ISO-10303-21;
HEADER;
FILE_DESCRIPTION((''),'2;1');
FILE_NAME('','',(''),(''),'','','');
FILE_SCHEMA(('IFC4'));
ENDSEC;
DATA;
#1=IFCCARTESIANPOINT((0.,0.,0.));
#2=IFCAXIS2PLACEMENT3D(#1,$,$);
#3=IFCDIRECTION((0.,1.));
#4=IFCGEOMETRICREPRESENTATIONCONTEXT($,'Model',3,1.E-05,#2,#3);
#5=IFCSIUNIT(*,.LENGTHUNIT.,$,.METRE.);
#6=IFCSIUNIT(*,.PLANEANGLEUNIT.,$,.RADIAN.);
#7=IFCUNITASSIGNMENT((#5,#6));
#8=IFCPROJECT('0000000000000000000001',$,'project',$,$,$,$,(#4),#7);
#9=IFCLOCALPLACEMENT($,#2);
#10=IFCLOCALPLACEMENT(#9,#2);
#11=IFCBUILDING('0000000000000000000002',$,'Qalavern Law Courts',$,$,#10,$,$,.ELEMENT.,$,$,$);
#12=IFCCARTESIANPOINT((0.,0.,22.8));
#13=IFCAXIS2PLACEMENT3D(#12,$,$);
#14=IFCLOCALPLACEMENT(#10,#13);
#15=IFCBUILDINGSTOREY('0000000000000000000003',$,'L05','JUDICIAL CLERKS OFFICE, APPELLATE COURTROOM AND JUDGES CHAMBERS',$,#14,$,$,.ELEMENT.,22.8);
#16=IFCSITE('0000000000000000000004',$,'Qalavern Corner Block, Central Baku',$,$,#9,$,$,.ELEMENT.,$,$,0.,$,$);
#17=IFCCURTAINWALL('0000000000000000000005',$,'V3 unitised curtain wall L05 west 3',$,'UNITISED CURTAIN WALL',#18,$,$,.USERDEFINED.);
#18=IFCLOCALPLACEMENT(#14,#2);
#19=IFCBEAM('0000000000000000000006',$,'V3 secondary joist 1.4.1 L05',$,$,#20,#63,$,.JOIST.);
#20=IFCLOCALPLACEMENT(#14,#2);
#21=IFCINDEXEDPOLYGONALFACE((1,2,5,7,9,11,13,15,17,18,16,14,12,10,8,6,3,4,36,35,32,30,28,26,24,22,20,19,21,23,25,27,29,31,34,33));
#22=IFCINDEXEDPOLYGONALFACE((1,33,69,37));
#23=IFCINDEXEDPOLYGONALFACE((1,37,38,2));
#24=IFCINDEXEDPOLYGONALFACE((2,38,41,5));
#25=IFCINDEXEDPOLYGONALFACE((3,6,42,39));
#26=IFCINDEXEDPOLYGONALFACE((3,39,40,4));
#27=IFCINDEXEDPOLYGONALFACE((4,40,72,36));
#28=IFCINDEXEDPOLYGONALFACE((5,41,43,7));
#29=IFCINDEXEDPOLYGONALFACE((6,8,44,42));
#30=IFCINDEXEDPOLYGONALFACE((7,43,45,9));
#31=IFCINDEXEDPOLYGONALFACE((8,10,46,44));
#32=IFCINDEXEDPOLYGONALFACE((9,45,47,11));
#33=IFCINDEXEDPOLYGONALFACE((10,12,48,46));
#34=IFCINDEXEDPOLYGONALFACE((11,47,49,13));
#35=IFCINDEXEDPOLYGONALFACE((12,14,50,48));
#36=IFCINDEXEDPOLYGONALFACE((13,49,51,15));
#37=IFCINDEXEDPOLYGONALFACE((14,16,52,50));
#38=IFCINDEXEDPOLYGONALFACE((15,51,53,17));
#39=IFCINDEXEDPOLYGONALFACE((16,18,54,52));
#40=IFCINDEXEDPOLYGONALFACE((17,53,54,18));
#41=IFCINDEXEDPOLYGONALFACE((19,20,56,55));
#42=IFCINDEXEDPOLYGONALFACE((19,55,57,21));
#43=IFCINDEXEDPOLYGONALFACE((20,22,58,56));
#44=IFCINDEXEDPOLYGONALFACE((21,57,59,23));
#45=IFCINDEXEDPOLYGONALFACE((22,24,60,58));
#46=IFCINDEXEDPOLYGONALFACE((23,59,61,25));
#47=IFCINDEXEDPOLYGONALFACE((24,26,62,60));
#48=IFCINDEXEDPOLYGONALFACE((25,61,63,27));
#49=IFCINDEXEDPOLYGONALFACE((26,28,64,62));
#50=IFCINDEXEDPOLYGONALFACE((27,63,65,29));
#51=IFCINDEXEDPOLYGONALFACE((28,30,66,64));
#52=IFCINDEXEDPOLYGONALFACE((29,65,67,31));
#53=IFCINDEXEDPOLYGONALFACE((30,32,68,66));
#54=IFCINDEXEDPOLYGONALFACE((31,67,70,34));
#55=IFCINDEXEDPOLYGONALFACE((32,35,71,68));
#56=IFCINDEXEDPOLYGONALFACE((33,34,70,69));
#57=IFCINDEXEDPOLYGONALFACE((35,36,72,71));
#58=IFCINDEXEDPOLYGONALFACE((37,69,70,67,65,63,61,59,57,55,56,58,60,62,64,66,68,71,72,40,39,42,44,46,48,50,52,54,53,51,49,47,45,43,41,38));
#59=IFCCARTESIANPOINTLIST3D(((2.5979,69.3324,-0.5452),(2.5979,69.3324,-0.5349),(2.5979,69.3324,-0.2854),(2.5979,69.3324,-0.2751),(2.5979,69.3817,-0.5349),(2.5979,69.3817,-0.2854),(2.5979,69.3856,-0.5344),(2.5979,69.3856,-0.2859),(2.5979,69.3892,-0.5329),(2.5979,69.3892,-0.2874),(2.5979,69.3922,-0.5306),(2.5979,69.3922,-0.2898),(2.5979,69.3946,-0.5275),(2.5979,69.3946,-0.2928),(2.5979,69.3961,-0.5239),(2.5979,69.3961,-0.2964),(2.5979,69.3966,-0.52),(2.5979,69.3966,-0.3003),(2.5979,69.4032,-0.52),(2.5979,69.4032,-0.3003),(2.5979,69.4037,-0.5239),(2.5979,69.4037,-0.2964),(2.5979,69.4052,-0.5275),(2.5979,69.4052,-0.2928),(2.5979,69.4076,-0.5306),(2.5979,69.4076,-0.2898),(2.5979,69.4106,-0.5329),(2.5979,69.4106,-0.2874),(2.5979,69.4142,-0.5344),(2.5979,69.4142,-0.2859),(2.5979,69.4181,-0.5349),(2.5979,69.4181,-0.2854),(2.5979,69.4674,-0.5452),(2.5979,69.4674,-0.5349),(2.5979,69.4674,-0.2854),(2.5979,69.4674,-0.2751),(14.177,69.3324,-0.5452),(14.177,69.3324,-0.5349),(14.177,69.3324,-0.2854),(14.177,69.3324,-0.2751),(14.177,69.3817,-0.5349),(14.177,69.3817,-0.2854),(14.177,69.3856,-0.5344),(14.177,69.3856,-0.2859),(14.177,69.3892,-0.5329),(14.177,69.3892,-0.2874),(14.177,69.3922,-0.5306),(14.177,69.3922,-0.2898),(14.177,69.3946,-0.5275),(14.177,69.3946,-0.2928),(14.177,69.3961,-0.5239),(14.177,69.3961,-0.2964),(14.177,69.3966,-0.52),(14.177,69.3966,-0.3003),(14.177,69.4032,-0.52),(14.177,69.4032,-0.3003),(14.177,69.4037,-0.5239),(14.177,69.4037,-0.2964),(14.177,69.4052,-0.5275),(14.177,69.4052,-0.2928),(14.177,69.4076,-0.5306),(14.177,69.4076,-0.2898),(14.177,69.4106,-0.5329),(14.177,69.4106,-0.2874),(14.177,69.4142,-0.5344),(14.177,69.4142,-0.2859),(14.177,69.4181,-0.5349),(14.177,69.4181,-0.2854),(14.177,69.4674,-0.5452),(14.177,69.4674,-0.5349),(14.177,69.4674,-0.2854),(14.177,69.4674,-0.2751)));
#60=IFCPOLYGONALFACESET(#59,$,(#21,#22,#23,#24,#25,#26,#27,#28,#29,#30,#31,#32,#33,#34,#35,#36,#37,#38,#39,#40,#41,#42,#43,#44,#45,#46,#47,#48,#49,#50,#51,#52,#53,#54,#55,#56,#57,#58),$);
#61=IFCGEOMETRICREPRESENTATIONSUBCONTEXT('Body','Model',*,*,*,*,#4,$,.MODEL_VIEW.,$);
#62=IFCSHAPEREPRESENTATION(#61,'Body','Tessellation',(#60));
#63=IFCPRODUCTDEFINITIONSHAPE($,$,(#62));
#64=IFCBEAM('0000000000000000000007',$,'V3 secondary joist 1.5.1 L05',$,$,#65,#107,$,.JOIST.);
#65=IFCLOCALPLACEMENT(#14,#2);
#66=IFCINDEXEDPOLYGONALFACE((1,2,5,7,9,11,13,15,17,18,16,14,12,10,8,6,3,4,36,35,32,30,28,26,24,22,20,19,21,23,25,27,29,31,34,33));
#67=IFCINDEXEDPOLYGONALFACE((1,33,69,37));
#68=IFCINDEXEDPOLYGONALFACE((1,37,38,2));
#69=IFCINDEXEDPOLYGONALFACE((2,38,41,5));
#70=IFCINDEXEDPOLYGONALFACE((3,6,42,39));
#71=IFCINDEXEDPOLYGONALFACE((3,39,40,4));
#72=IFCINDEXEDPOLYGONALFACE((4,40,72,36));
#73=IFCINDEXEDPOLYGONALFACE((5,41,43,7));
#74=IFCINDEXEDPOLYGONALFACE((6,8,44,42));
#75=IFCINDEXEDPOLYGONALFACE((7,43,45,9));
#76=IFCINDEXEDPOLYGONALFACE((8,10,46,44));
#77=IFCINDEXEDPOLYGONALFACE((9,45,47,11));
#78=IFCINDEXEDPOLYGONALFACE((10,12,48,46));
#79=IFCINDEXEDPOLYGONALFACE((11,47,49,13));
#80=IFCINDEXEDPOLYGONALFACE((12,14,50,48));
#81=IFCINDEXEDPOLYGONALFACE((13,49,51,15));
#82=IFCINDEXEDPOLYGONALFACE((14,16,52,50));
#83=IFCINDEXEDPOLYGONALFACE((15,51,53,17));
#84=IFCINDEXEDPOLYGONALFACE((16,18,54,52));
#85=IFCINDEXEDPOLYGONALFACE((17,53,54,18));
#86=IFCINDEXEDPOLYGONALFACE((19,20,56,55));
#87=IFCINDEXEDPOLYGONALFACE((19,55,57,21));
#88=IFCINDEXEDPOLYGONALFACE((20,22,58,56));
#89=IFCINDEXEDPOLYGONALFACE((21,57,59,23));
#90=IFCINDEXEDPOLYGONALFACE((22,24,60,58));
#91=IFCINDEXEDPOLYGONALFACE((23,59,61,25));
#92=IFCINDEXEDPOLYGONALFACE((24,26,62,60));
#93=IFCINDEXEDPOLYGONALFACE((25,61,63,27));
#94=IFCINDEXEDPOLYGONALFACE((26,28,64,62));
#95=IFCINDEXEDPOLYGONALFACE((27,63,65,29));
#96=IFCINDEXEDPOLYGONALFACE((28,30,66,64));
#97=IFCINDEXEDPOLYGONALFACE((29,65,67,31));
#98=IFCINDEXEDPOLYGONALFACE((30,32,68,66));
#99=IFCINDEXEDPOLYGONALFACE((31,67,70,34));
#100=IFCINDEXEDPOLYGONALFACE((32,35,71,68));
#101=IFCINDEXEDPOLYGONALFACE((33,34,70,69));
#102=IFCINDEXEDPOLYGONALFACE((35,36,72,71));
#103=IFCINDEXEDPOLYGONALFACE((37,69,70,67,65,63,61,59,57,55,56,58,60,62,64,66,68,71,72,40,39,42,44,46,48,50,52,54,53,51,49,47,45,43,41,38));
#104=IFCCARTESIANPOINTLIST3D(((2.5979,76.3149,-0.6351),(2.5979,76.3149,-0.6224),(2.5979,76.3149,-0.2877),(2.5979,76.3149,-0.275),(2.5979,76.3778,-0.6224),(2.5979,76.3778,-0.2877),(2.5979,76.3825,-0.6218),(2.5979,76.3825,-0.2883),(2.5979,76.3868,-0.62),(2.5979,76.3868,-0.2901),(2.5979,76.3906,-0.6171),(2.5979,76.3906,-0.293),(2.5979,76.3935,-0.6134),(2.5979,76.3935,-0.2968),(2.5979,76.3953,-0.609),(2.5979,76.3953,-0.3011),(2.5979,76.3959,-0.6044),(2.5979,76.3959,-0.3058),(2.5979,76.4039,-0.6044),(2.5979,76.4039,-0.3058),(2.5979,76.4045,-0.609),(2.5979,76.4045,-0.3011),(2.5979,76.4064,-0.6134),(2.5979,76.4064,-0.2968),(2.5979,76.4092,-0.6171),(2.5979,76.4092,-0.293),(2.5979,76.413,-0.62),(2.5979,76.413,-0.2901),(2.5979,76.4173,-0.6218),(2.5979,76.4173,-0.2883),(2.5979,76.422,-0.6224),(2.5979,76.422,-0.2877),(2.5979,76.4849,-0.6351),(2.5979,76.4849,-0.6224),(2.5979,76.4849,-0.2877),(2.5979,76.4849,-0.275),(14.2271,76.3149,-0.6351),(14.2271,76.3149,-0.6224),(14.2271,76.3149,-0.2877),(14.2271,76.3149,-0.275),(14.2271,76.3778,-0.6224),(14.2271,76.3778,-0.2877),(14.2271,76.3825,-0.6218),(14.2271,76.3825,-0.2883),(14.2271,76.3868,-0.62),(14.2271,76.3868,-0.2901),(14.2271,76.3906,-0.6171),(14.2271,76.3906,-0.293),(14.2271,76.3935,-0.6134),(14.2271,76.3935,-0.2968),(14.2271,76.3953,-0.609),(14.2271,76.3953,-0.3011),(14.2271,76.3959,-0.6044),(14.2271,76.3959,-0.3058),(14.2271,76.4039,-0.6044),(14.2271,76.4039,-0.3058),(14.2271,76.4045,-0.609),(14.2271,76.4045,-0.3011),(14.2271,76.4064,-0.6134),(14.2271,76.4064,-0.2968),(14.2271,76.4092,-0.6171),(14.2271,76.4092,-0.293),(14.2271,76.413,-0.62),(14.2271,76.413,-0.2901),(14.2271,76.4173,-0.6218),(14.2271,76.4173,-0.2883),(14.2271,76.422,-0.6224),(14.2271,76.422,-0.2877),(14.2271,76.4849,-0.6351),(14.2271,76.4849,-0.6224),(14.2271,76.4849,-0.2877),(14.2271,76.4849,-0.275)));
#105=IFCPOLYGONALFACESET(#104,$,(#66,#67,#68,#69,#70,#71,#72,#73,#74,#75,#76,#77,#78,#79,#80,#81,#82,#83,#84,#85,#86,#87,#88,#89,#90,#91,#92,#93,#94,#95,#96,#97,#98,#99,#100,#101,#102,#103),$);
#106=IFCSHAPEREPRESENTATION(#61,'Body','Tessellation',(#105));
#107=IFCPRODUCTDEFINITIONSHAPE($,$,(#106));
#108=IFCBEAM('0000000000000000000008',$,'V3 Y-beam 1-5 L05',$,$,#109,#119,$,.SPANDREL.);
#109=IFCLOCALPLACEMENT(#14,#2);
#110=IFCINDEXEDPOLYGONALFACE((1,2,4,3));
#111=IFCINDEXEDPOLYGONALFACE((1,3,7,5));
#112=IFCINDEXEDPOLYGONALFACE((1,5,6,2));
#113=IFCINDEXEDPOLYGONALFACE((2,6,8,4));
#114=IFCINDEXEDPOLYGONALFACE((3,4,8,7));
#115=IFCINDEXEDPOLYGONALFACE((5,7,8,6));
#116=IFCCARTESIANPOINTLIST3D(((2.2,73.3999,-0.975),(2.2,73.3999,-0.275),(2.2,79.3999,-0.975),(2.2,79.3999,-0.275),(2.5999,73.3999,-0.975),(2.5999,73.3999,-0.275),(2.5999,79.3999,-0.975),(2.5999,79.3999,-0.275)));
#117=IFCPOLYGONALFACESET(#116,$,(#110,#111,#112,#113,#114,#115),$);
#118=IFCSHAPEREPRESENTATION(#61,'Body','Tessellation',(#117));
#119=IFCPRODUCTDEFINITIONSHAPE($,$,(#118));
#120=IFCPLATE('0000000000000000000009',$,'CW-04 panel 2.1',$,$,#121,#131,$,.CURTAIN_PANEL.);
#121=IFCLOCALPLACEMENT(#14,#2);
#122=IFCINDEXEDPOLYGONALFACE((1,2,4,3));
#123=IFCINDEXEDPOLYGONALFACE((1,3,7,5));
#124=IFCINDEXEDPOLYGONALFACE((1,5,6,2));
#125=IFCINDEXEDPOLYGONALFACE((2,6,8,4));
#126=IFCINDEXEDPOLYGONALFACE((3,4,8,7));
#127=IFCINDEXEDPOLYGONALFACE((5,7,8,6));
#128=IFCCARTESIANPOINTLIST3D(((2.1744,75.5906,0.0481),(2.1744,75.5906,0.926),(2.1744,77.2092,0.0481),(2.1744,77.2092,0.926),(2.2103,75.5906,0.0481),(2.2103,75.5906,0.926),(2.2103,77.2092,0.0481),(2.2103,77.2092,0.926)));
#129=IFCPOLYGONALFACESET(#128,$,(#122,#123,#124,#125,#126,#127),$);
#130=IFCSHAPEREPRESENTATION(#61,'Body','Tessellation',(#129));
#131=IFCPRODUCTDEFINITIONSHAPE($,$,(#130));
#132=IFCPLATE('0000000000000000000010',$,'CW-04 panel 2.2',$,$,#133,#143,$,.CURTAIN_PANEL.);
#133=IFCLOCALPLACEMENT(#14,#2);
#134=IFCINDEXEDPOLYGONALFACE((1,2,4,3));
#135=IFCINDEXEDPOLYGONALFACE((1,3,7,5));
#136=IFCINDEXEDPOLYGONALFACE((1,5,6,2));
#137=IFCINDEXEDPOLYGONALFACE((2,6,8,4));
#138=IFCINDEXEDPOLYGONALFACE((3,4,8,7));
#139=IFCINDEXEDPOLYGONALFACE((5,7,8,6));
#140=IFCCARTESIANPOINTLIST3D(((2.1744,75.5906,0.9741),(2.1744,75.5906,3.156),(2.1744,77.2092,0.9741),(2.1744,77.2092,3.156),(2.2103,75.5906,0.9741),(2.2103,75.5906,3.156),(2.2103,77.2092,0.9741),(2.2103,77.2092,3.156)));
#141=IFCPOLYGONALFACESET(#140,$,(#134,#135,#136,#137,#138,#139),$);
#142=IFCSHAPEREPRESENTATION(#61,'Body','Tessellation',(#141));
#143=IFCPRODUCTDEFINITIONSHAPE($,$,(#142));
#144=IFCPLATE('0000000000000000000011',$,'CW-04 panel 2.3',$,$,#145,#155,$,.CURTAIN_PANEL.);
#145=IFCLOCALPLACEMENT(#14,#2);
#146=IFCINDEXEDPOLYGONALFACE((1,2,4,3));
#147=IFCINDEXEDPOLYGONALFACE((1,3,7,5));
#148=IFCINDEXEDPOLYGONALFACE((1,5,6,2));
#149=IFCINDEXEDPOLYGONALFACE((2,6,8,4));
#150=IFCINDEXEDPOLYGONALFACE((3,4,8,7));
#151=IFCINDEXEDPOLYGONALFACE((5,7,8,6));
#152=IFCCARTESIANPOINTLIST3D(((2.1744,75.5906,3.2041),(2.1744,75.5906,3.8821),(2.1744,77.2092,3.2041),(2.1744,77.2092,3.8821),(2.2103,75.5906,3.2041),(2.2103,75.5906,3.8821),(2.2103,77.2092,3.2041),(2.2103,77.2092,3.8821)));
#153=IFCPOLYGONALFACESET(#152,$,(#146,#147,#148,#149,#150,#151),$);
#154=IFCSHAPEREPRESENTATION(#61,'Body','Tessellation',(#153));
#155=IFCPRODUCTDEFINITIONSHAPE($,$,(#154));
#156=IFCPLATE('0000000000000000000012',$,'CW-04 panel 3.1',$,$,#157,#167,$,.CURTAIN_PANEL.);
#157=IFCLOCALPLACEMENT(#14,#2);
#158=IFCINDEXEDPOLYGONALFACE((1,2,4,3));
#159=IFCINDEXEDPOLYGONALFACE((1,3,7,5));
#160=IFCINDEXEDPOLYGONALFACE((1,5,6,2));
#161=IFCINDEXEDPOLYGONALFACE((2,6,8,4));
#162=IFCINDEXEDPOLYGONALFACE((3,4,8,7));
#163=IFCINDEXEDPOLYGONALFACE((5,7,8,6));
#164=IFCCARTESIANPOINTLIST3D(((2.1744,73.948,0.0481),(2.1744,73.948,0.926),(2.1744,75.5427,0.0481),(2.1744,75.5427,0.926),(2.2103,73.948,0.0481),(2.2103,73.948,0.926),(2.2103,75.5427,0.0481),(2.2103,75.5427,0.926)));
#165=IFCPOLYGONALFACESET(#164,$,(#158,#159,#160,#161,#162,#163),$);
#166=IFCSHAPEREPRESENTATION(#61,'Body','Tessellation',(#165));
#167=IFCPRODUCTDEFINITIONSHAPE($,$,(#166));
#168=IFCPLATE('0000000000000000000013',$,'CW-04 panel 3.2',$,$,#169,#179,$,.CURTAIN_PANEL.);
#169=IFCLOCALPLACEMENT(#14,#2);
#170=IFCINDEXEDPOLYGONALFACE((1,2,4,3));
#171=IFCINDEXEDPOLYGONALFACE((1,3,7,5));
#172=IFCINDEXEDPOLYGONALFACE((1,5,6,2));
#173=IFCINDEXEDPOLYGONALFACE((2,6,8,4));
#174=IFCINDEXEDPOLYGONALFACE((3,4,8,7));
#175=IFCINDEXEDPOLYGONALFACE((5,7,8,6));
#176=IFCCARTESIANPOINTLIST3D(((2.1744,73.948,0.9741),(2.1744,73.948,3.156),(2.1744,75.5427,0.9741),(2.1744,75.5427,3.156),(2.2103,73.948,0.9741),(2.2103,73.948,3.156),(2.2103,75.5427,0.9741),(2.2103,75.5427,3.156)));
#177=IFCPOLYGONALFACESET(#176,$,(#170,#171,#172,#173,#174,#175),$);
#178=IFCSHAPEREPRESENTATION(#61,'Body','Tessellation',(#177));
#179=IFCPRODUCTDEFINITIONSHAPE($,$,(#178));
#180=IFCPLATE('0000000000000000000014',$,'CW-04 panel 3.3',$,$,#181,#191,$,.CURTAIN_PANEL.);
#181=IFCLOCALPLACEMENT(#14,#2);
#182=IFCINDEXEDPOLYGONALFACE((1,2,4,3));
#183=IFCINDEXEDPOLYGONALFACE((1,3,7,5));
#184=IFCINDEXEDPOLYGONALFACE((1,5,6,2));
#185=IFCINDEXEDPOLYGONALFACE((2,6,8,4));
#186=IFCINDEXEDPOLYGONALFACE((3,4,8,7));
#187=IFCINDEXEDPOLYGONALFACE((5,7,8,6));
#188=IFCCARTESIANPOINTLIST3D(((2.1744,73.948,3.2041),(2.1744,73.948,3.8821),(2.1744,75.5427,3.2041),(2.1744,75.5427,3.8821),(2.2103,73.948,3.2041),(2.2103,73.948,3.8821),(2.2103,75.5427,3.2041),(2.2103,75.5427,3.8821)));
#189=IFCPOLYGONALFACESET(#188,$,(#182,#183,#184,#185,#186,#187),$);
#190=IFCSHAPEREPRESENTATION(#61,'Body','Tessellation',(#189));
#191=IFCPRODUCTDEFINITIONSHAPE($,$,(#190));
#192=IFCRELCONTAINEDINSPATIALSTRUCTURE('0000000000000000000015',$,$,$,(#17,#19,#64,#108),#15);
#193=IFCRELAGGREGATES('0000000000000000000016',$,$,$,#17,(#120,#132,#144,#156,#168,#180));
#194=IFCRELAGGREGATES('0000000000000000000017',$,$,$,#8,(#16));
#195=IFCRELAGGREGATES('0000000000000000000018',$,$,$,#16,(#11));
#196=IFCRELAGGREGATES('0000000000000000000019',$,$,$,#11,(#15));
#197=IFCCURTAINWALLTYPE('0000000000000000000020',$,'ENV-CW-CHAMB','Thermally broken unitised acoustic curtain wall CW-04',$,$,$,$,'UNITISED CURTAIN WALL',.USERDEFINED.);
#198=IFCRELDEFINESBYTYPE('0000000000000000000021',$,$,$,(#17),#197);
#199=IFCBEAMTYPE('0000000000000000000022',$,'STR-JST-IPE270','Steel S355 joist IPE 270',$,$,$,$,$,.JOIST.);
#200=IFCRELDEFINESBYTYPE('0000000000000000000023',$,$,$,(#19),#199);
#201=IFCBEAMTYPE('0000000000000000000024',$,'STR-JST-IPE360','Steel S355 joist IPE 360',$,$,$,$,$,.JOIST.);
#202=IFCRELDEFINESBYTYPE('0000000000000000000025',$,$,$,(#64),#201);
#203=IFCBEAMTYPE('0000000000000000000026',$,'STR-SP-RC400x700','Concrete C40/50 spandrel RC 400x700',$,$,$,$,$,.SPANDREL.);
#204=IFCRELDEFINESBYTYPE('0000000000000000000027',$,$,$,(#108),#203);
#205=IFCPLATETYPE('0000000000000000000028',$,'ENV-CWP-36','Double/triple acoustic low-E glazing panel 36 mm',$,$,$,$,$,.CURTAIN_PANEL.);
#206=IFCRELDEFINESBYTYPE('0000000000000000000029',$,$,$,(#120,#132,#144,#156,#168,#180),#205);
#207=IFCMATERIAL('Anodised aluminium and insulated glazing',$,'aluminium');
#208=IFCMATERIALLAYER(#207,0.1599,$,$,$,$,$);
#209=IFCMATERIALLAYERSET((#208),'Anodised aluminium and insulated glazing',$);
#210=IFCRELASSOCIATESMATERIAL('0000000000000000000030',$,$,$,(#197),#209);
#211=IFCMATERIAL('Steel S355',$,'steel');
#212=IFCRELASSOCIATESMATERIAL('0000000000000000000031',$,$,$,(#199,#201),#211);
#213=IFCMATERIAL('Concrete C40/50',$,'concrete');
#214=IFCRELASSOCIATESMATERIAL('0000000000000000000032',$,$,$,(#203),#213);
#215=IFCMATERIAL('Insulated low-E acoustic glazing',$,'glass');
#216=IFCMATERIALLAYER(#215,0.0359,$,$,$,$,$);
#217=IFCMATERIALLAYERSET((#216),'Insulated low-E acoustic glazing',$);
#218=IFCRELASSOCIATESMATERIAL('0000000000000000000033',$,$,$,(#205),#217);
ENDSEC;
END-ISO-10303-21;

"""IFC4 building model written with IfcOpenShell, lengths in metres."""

from ifc_helpers import new_model, si_unit, direction, frame, origin, origin_2d, place, context, subcontext, project, spatial, rectangle, i_section, extrude, material, layer, layer_set, material_profile, profile_set, type_object, element, aggregate, save


model = new_model("IFC4")

# Units and contexts
model_context = context("Model", 3, precision=1e-05, world=origin(), true_north=direction((0.0, 1.0)))
body_context = subcontext(model_context, "Body", "Model", "MODEL_VIEW")
ifc_project = project(units=[si_unit("LENGTHUNIT", "METRE"), si_unit("PLANEANGLEUNIT", "RADIAN")], contexts=[model_context])

# Site, building, storey
site_placement = place(None, origin())
site = spatial("IfcSite", under=ifc_project, at=site_placement, Name="Qalavern Corner Block, Central Baku", CompositionType="ELEMENT", RefElevation=0.0)
building_placement = place(site_placement, origin())
building = spatial("IfcBuilding", under=site, at=building_placement, Name="Qalavern Law Courts", CompositionType="ELEMENT")
storey_placement = place(building_placement, frame((0.0, 0.0, 22.8)))
storey = spatial("IfcBuildingStorey", under=building, at=storey_placement, Name="L05", Description="JUDICIAL CLERKS OFFICE, APPELLATE COURTROOM AND JUDGES CHAMBERS", CompositionType="ELEMENT", Elevation=22.8)

# Curtain wall
ifc_material_1 = material(Name="Anodised aluminium and insulated glazing", Category="aluminium")
ifc_layer_1 = layer(ifc_material_1, 0.1599)
ifc_layer_set_1 = layer_set([ifc_layer_1], Name="Anodised aluminium and insulated glazing")
curtain_wall_type = type_object("IfcCurtainWallType", Name="ENV-CW-CHAMB", Description="Thermally broken unitised acoustic curtain wall CW-04", ElementType="UNITISED CURTAIN WALL", PredefinedType="USERDEFINED", material=ifc_layer_set_1)
curtain_wall_1_placement = place(storey_placement, origin())
curtain_wall_1 = element("IfcCurtainWall", 1, at=curtain_wall_1_placement, inside=storey, type_object=curtain_wall_type, Name="V3 unitised curtain wall L05 west 3", ObjectType="UNITISED CURTAIN WALL", PredefinedType="USERDEFINED")

# Beams
ifc_material_2 = material(Name="Concrete C40/50", Category="concrete")
ifc_material_3 = material(Name="Steel S355", Category="steel")
ifc_material_profile_1 = material_profile(ifc_material_3, i_section(OverallWidth=0.135, OverallDepth=0.27, WebThickness=0.0066, FlangeThickness=0.0103, FilletRadius=0.0149, at=origin_2d()), Name="IPE 270")
ifc_profile_set_1 = profile_set([ifc_material_profile_1], Name="Steel S355")
beam_type_1 = type_object("IfcBeamType", Name="STR-JST-IPE270", Description="Steel S355 joist IPE 270", PredefinedType="JOIST", material=ifc_profile_set_1)
beam_1_placement = place(storey_placement, frame((2.5979, 69.3999, -0.4102), z_axis=(1.0, 0.0, 0.0), x_axis=(0.0, 1.0, 0.0)))
element("IfcBeam", 2, at=beam_1_placement, inside=storey, type_object=beam_type_1, Name="V3 secondary joist 1.4.1 L05", PredefinedType="JOIST", context=body_context, shape_type="SweptSolid", body=[
    extrude(i_section(OverallWidth=0.135, OverallDepth=0.27, WebThickness=0.0066, FlangeThickness=0.0103, FilletRadius=0.0149, at=origin_2d()), origin(), (0.0, 0.0, 1.0), 11.5791),
])
ifc_material_profile_2 = material_profile(ifc_material_3, i_section(OverallWidth=0.1699, OverallDepth=0.3601, WebThickness=0.0081, FlangeThickness=0.0127, FilletRadius=0.0181, at=origin_2d()), Name="IPE 360")
ifc_profile_set_2 = profile_set([ifc_material_profile_2], Name="Steel S355")
beam_type_2 = type_object("IfcBeamType", Name="STR-JST-IPE360", Description="Steel S355 joist IPE 360", PredefinedType="JOIST", material=ifc_profile_set_2)
beam_2_placement = place(storey_placement, frame((2.5979, 76.3999, -0.4551), z_axis=(1.0, 0.0, 0.0), x_axis=(0.0, 1.0, 0.0)))
element("IfcBeam", 3, at=beam_2_placement, inside=storey, type_object=beam_type_2, Name="V3 secondary joist 1.5.1 L05", PredefinedType="JOIST", context=body_context, shape_type="SweptSolid", body=[
    extrude(i_section(OverallWidth=0.1699, OverallDepth=0.3601, WebThickness=0.0081, FlangeThickness=0.0127, FilletRadius=0.0181, at=origin_2d()), origin(), (0.0, 0.0, 1.0), 11.6292),
])
ifc_material_profile_3 = material_profile(ifc_material_2, rectangle(XDim=0.3999, YDim=0.7, at=origin_2d()), Name="RC 400x700")
ifc_profile_set_3 = profile_set([ifc_material_profile_3], Name="Concrete C40/50")
beam_type_3 = type_object("IfcBeamType", Name="STR-SP-RC400x700", Description="Concrete C40/50 spandrel RC 400x700", PredefinedType="SPANDREL", material=ifc_profile_set_3)
beam_3_placement = place(storey_placement, frame((2.3999, 73.3999, -0.625), z_axis=(0.0, 1.0, 0.0), x_axis=(-1.0, 0.0, 0.0)))
element("IfcBeam", 4, at=beam_3_placement, inside=storey, type_object=beam_type_3, Name="V3 Y-beam 1-5 L05", PredefinedType="SPANDREL", context=body_context, shape_type="SweptSolid", body=[
    extrude(rectangle(XDim=0.3999, YDim=0.7, at=origin_2d()), origin(), (0.0, 0.0, 1.0), 6.0),
])

# Plates
ifc_material_4 = material(Name="Insulated low-E acoustic glazing", Category="glass")
ifc_layer_2 = layer(ifc_material_4, 0.0359)
ifc_layer_set_2 = layer_set([ifc_layer_2], Name="Insulated low-E acoustic glazing")
plate_type_1 = type_object("IfcPlateType", Name="ENV-CWP-36", Description="Double/triple acoustic low-E glazing panel 36 mm", PredefinedType="CURTAIN_PANEL", material=ifc_layer_set_2)
plate_1_placement = place(storey_placement, frame((2.1924, 76.3999, 0.0481), z_axis=(0.0, 0.0, 1.0), x_axis=(0.0, -1.0, 0.0)))
plate_1 = element("IfcPlate", 5, at=plate_1_placement, type_object=plate_type_1, Name="CW-04 panel 2.1", PredefinedType="CURTAIN_PANEL", context=body_context, shape_type="SweptSolid", body=[
    extrude(rectangle(XDim=1.6187, YDim=0.0359, at=origin_2d()), origin(), (0.0, 0.0, 1.0), 0.8779),
])
plate_2_placement = place(storey_placement, frame((2.1924, 76.3999, 0.9741), z_axis=(0.0, 0.0, 1.0), x_axis=(0.0, -1.0, 0.0)))
plate_2 = element("IfcPlate", 6, at=plate_2_placement, type_object=plate_type_1, Name="CW-04 panel 2.2", PredefinedType="CURTAIN_PANEL", context=body_context, shape_type="SweptSolid", body=[
    extrude(rectangle(XDim=1.6187, YDim=0.0359, at=origin_2d()), origin(), (0.0, 0.0, 1.0), 2.1819),
])
plate_3_placement = place(storey_placement, frame((2.1924, 76.3999, 3.2041), z_axis=(0.0, 0.0, 1.0), x_axis=(0.0, -1.0, 0.0)))
plate_3 = element("IfcPlate", 7, at=plate_3_placement, type_object=plate_type_1, Name="CW-04 panel 2.3", PredefinedType="CURTAIN_PANEL", context=body_context, shape_type="SweptSolid", body=[
    extrude(rectangle(XDim=1.6187, YDim=0.0359, at=origin_2d()), origin(), (0.0, 0.0, 1.0), 0.678),
])
plate_4_placement = place(storey_placement, frame((2.1924, 74.7454, 0.0481), z_axis=(0.0, 0.0, 1.0), x_axis=(0.0, -1.0, 0.0)))
plate_4 = element("IfcPlate", 8, at=plate_4_placement, type_object=plate_type_1, Name="CW-04 panel 3.1", PredefinedType="CURTAIN_PANEL", context=body_context, shape_type="SweptSolid", body=[
    extrude(rectangle(XDim=1.5947, YDim=0.0359, at=origin_2d()), origin(), (0.0, 0.0, 1.0), 0.8779),
])
plate_5_placement = place(storey_placement, frame((2.1924, 74.7454, 0.9741), z_axis=(0.0, 0.0, 1.0), x_axis=(0.0, -1.0, 0.0)))
plate_5 = element("IfcPlate", 9, at=plate_5_placement, type_object=plate_type_1, Name="CW-04 panel 3.2", PredefinedType="CURTAIN_PANEL", context=body_context, shape_type="SweptSolid", body=[
    extrude(rectangle(XDim=1.5947, YDim=0.0359, at=origin_2d()), origin(), (0.0, 0.0, 1.0), 2.1819),
])
plate_6_placement = place(storey_placement, frame((2.1924, 74.7454, 3.2041), z_axis=(0.0, 0.0, 1.0), x_axis=(0.0, -1.0, 0.0)))
plate_6 = element("IfcPlate", 10, at=plate_6_placement, type_object=plate_type_1, Name="CW-04 panel 3.3", PredefinedType="CURTAIN_PANEL", context=body_context, shape_type="SweptSolid", body=[
    extrude(rectangle(XDim=1.5947, YDim=0.0359, at=origin_2d()), origin(), (0.0, 0.0, 1.0), 0.678),
])
aggregate(curtain_wall_1, [plate_1, plate_2, plate_3, plate_4, plate_5, plate_6])

save(model, "model.ifc")
